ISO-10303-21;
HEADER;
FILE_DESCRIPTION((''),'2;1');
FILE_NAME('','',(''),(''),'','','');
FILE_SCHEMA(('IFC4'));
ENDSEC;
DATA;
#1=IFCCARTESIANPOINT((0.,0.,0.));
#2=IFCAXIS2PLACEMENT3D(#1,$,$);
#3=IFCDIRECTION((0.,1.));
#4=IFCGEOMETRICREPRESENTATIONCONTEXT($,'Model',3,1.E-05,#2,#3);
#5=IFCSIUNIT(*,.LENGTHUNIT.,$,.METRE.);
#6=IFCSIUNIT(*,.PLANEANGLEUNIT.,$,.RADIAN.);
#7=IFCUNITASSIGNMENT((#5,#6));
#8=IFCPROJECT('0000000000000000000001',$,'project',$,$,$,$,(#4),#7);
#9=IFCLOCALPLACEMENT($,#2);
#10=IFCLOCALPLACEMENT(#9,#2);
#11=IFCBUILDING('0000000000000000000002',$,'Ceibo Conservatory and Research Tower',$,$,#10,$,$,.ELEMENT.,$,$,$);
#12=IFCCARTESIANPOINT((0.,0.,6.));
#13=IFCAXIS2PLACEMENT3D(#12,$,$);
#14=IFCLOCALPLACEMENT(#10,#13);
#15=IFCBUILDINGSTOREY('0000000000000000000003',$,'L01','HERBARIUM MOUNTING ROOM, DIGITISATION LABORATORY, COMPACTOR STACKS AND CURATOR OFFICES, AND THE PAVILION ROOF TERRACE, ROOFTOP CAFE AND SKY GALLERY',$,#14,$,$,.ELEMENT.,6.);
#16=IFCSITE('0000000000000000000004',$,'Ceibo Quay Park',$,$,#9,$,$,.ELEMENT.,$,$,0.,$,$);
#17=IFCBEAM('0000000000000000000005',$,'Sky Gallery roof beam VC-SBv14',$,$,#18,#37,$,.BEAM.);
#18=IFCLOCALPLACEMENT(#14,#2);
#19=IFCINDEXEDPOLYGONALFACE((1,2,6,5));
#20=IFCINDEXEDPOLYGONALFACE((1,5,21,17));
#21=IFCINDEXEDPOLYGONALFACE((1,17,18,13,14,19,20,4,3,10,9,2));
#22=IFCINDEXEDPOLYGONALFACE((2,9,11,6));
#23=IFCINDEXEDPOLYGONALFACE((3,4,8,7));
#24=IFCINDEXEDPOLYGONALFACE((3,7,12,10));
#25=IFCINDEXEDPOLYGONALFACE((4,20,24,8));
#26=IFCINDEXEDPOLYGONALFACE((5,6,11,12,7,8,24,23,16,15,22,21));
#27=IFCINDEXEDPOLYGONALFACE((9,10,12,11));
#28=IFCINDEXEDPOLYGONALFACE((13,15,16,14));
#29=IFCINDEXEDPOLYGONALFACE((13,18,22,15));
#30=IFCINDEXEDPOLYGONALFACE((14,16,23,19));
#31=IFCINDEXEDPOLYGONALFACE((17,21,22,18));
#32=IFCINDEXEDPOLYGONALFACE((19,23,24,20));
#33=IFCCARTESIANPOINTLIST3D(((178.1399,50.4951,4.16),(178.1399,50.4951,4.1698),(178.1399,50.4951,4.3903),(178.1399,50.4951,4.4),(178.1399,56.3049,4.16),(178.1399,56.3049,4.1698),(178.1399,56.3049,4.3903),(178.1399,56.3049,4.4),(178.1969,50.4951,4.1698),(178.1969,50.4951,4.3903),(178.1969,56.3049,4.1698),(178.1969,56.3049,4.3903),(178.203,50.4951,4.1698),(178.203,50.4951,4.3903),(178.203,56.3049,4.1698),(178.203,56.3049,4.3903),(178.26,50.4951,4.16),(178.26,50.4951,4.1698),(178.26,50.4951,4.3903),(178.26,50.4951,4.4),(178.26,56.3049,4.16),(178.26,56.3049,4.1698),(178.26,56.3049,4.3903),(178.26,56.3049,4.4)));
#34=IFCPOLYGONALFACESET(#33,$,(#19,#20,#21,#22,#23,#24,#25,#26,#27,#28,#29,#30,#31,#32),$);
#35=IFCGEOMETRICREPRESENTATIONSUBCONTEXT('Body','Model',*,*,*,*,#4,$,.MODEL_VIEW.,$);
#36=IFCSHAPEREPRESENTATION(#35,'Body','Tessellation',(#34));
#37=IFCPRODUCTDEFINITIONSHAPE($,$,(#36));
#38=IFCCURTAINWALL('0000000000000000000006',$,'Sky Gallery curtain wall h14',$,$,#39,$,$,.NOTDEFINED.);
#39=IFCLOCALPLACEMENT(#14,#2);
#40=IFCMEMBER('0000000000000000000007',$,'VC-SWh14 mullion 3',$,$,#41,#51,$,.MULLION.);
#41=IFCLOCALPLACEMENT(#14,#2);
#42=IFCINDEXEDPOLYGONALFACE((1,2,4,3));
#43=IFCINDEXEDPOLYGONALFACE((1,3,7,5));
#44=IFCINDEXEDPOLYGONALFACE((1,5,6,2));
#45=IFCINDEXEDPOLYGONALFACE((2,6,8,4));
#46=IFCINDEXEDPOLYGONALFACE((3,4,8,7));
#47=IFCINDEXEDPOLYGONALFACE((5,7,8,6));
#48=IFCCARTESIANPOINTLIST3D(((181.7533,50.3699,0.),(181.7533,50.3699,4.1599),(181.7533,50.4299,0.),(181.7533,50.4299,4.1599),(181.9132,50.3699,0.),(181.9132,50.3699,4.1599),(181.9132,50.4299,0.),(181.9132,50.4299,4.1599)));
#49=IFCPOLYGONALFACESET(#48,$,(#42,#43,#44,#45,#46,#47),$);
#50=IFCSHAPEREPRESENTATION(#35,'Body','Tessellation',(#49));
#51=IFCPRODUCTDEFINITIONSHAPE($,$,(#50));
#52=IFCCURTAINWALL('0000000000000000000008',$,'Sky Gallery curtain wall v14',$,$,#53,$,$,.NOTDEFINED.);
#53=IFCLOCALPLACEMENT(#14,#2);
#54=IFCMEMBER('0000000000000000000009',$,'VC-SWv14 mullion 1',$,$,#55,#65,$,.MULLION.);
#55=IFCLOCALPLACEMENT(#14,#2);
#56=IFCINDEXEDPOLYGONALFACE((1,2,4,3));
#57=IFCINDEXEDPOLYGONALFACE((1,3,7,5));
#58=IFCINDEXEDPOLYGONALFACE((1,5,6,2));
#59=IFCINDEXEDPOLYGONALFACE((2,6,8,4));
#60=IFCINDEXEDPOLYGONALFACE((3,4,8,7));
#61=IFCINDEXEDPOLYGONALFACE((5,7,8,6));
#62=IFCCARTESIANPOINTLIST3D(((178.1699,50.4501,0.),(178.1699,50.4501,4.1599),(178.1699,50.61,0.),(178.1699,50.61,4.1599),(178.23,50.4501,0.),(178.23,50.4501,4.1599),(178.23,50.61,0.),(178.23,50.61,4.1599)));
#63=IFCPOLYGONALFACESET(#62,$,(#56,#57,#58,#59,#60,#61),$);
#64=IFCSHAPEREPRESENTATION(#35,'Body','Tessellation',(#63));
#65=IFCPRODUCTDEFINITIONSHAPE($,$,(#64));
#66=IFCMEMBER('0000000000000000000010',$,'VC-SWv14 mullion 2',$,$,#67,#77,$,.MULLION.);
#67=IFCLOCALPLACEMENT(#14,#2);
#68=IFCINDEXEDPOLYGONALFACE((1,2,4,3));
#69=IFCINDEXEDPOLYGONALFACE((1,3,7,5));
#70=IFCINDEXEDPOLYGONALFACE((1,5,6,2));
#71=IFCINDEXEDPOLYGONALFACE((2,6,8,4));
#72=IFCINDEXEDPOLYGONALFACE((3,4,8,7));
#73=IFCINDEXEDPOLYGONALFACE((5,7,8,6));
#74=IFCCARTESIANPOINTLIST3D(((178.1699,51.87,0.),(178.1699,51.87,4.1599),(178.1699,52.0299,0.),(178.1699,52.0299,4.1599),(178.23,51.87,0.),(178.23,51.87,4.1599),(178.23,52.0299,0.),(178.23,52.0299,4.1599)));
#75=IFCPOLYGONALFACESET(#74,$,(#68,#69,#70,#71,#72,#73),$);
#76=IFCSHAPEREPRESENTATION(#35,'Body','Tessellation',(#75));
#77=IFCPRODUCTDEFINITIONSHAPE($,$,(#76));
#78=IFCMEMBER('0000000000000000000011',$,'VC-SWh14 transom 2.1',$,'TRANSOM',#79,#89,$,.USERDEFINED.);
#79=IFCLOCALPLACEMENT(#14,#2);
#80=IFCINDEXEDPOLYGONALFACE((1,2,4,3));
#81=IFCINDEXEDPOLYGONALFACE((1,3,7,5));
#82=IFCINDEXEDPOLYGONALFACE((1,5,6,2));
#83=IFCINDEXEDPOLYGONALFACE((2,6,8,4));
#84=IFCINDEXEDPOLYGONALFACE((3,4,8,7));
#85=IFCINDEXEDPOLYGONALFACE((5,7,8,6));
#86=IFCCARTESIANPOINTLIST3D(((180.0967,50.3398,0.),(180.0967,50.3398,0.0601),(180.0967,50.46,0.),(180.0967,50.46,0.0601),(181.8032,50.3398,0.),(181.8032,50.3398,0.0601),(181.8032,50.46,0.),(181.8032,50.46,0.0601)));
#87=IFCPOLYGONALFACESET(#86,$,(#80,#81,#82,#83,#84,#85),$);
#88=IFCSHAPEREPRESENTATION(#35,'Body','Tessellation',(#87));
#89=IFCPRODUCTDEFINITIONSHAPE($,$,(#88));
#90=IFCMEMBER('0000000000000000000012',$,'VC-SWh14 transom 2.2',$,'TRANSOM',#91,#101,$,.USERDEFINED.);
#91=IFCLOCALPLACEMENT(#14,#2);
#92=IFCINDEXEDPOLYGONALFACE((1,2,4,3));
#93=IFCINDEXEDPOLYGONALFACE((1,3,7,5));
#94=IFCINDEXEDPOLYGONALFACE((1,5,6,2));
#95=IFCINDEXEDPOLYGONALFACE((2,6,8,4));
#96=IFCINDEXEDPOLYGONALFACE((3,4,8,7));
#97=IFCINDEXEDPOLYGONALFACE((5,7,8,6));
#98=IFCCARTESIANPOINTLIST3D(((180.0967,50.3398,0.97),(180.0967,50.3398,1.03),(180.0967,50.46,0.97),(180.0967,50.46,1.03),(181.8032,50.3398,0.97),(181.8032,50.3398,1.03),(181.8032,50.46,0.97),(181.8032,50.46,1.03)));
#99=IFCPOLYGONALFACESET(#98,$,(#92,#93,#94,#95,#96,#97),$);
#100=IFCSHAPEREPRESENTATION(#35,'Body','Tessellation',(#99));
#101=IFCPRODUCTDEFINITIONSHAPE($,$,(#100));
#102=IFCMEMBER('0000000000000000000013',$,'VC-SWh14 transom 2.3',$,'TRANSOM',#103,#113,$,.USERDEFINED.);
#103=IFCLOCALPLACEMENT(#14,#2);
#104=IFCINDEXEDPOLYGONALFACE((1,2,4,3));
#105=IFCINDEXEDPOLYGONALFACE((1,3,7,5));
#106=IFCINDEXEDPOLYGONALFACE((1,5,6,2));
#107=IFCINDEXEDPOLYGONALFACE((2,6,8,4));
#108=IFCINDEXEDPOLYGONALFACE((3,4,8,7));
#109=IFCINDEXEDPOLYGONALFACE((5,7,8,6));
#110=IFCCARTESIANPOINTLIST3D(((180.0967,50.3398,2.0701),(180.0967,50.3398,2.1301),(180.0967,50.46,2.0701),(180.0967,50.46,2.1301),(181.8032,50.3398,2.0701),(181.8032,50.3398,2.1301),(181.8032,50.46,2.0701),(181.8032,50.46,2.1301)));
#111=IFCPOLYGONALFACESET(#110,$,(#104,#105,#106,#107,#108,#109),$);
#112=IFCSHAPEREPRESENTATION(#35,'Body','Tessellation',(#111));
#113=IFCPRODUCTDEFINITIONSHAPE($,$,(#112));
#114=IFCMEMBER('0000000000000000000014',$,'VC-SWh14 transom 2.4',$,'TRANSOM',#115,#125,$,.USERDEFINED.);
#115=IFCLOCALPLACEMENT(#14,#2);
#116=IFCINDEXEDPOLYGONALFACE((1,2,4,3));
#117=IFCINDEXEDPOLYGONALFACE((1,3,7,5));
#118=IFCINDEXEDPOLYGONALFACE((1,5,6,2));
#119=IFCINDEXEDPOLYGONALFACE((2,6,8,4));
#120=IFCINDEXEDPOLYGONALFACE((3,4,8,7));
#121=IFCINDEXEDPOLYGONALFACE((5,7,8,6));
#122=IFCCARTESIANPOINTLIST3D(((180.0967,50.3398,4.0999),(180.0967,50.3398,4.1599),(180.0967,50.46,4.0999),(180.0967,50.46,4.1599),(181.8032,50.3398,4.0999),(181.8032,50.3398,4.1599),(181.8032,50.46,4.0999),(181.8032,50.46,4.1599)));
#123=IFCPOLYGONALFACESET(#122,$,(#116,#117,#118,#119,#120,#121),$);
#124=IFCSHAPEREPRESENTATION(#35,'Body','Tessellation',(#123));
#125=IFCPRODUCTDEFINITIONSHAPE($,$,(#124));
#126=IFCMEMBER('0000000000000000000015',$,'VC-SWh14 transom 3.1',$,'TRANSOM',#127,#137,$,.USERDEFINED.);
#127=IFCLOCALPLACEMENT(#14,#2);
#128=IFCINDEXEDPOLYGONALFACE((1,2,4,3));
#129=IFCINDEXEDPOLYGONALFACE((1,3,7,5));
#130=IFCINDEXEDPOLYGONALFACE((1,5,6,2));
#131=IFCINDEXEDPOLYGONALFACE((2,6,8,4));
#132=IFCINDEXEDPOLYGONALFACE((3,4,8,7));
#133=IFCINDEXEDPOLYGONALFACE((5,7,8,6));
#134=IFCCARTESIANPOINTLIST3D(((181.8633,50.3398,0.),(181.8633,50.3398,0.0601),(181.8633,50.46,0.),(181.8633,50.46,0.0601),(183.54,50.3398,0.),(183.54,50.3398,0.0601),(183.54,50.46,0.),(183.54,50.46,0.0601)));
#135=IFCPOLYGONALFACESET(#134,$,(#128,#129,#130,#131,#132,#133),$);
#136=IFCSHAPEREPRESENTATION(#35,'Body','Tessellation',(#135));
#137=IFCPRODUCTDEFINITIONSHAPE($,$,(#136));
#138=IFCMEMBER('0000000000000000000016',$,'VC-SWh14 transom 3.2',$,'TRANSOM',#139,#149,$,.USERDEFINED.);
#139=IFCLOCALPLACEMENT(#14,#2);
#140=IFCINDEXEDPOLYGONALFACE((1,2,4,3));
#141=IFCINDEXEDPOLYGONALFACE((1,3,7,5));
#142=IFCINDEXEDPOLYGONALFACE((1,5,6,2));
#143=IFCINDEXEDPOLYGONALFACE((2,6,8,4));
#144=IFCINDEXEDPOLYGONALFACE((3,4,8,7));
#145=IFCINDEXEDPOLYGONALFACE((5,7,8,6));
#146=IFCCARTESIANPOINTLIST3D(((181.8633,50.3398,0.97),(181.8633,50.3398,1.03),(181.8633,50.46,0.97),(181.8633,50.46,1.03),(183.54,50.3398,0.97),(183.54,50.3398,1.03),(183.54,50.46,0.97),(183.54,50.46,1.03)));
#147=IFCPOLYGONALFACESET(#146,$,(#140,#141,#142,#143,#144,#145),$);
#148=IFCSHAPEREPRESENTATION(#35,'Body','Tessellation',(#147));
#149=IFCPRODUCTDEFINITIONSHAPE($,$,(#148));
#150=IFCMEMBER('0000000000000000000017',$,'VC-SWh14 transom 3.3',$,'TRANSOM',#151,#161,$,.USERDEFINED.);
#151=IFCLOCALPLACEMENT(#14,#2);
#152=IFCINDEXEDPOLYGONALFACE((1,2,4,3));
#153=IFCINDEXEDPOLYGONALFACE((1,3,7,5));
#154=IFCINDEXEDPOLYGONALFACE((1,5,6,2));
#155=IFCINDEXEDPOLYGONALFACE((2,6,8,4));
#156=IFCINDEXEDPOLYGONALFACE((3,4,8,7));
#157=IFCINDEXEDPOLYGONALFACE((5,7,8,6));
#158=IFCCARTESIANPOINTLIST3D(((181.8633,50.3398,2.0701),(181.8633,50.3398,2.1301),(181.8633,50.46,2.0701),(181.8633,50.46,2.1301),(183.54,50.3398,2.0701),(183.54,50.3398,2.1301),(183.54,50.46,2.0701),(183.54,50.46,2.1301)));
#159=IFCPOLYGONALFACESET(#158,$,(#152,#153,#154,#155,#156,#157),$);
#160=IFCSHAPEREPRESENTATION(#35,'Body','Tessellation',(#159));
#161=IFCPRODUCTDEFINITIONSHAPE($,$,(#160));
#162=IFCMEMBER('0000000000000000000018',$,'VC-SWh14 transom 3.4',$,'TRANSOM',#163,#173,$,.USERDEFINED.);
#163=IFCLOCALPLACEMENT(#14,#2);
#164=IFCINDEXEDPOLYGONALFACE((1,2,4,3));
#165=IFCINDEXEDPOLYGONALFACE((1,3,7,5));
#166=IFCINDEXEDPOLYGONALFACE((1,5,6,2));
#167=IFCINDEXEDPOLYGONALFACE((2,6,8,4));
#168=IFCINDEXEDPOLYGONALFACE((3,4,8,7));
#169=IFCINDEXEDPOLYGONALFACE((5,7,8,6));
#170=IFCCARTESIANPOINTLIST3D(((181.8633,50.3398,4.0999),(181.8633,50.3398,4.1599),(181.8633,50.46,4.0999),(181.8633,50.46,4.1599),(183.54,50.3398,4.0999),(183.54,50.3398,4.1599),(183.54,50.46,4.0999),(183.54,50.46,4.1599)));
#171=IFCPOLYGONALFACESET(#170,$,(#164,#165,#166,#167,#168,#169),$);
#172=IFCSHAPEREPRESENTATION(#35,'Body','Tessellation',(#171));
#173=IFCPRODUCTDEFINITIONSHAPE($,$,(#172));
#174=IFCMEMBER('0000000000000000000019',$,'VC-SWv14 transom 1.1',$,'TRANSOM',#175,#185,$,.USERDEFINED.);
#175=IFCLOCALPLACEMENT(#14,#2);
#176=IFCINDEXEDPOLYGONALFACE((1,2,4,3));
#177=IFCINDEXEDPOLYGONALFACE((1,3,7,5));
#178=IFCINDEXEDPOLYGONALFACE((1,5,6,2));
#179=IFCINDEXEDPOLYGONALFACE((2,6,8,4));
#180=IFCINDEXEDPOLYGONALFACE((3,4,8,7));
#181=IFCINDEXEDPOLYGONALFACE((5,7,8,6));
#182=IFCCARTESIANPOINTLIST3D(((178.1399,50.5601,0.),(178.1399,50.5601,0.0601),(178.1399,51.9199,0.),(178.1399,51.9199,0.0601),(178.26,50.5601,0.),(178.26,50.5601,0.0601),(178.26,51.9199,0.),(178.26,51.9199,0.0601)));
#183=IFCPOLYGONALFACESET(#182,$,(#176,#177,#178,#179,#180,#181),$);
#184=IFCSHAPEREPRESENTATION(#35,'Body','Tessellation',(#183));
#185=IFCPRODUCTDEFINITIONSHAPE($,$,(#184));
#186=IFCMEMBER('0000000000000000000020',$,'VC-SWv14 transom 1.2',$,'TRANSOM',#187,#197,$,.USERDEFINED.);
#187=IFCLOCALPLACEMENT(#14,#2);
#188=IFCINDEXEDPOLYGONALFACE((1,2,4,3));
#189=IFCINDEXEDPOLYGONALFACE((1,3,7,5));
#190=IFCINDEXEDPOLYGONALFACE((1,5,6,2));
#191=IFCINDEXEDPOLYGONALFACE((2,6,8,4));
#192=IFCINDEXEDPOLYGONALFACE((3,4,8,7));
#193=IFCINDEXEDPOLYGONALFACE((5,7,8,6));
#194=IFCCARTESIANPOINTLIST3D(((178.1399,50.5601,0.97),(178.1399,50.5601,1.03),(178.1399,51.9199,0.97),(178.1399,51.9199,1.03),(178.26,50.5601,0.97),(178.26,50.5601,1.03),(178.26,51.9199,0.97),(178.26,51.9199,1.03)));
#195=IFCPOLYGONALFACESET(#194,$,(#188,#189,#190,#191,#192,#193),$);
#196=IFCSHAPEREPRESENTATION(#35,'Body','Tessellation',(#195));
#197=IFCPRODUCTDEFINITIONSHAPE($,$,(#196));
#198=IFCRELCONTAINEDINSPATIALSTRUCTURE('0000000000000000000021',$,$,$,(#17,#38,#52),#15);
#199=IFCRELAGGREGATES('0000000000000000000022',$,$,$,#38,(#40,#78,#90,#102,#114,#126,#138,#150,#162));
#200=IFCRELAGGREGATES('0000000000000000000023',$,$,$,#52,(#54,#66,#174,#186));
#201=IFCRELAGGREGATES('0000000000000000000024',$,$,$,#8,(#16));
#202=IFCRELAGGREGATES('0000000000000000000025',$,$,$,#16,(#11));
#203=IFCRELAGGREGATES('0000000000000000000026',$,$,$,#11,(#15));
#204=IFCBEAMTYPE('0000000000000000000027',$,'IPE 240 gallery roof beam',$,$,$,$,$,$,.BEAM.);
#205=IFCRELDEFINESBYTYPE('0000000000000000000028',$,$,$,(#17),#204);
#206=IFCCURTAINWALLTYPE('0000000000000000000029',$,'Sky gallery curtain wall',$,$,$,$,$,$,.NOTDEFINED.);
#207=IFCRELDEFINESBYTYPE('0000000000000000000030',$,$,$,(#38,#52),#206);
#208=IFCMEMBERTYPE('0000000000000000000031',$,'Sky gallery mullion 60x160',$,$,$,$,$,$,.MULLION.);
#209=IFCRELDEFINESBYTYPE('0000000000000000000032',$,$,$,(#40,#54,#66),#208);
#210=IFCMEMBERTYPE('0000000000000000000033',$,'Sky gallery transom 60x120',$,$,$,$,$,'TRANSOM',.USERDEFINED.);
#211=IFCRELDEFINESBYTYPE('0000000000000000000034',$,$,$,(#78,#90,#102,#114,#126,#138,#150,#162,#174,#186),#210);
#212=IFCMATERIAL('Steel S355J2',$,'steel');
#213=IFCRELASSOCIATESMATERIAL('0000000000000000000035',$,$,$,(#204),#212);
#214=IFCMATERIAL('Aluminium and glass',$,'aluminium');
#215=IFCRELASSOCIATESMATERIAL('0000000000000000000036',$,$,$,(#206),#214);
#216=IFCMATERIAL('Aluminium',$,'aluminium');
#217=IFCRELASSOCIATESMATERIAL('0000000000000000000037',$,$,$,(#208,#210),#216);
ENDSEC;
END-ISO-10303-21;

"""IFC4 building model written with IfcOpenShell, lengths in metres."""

from ifc_helpers import new_model, si_unit, direction, frame, origin, origin_2d, place, context, subcontext, project, spatial, rectangle, i_section, extrude, material, material_profile, profile_set, type_object, element, aggregate, save


model = new_model("IFC4")

# Units and contexts
model_context = context("Model", 3, precision=1e-05, world=origin(), true_north=direction((0.0, 1.0)))
body_context = subcontext(model_context, "Body", "Model", "MODEL_VIEW")
ifc_project = project(units=[si_unit("LENGTHUNIT", "METRE"), si_unit("PLANEANGLEUNIT", "RADIAN")], contexts=[model_context])

# Site, building, storey
site_placement = place(None, origin())
site = spatial("IfcSite", under=ifc_project, at=site_placement, Name="Ceibo Quay Park", CompositionType="ELEMENT", RefElevation=0.0)
building_placement = place(site_placement, origin())
building = spatial("IfcBuilding", under=site, at=building_placement, Name="Ceibo Conservatory and Research Tower", CompositionType="ELEMENT")
storey_placement = place(building_placement, frame((0.0, 0.0, 6.0)))
storey = spatial("IfcBuildingStorey", under=building, at=storey_placement, Name="L01", Description="HERBARIUM MOUNTING ROOM, DIGITISATION LABORATORY, COMPACTOR STACKS AND CURATOR OFFICES, AND THE PAVILION ROOF TERRACE, ROOFTOP CAFE AND SKY GALLERY", CompositionType="ELEMENT", Elevation=6.0)

# Beam
ifc_material_1 = material(Name="Steel S355J2", Category="steel")
ifc_material_profile_1 = material_profile(ifc_material_1, i_section(OverallWidth=0.1201, OverallDepth=0.24, WebThickness=0.0061, FlangeThickness=0.0098, at=origin_2d()), Name="IPE 240")
ifc_profile_set_1 = profile_set([ifc_material_profile_1], Name="Steel S355J2")
beam_type = type_object("IfcBeamType", Name="IPE 240 gallery roof beam", PredefinedType="BEAM", material=ifc_profile_set_1)
beam_placement = place(storey_placement, frame((178.2, 50.4951, 4.28), z_axis=(0.0, 1.0, 0.0), x_axis=(-1.0, 0.0, 0.0)))
element("IfcBeam", 1, at=beam_placement, inside=storey, type_object=beam_type, Name="Sky Gallery roof beam VC-SBv14", PredefinedType="BEAM", context=body_context, shape_type="SweptSolid", body=[
    extrude(i_section(OverallWidth=0.1201, OverallDepth=0.24, WebThickness=0.0061, FlangeThickness=0.0098, at=origin_2d()), origin(), (0.0, 0.0, 1.0), 5.8098),
])

# Curtain wall, member
ifc_material_2 = material(Name="Aluminium and glass", Category="aluminium")
curtain_wall_type = type_object("IfcCurtainWallType", Name="Sky gallery curtain wall", PredefinedType="NOTDEFINED", material=ifc_material_2)
curtain_wall_1_placement = place(storey_placement, origin())
curtain_wall_1 = element("IfcCurtainWall", 2, at=curtain_wall_1_placement, inside=storey, type_object=curtain_wall_type, Name="Sky Gallery curtain wall h14", PredefinedType="NOTDEFINED")
ifc_material_3 = material(Name="Aluminium", Category="aluminium")
ifc_material_profile_2 = material_profile(ifc_material_3, rectangle(XDim=0.0601, YDim=0.1599, at=origin_2d()), Name="AL 60x160")
ifc_profile_set_2 = profile_set([ifc_material_profile_2], Name="Aluminium")
member_type_1 = type_object("IfcMemberType", Name="Sky gallery mullion 60x160", PredefinedType="MULLION", material=ifc_profile_set_2)
member_1_placement = place(storey_placement, frame((181.8333, 50.3999, 0.0), z_axis=(0.0, 0.0, 1.0), x_axis=(0.0, 1.0, 0.0)))
member_1 = element("IfcMember", 3, at=member_1_placement, type_object=member_type_1, Name="VC-SWh14 mullion 3", PredefinedType="MULLION", context=body_context, shape_type="SweptSolid", body=[
    extrude(rectangle(XDim=0.0601, YDim=0.1599, at=origin_2d()), origin(), (0.0, 0.0, 1.0), 4.1599),
])

# Curtain wall, members
curtain_wall_2_placement = place(storey_placement, origin())
curtain_wall_2 = element("IfcCurtainWall", 4, at=curtain_wall_2_placement, inside=storey, type_object=curtain_wall_type, Name="Sky Gallery curtain wall v14", PredefinedType="NOTDEFINED")
member_2_placement = place(storey_placement, frame((178.2, 50.53, 0.0), z_axis=(0.0, 0.0, 1.0), x_axis=(-1.0, 0.0, 0.0)))
member_2 = element("IfcMember", 5, at=member_2_placement, type_object=member_type_1, Name="VC-SWv14 mullion 1", PredefinedType="MULLION", context=body_context, shape_type="SweptSolid", body=[
    extrude(rectangle(XDim=0.0601, YDim=0.1599, at=origin_2d()), origin(), (0.0, 0.0, 1.0), 4.1599),
])
member_3_placement = place(storey_placement, frame((178.2, 51.95, 0.0), z_axis=(0.0, 0.0, 1.0), x_axis=(-1.0, 0.0, 0.0)))
member_3 = element("IfcMember", 6, at=member_3_placement, type_object=member_type_1, Name="VC-SWv14 mullion 2", PredefinedType="MULLION", context=body_context, shape_type="SweptSolid", body=[
    extrude(rectangle(XDim=0.0601, YDim=0.1599, at=origin_2d()), origin(), (0.0, 0.0, 1.0), 4.1599),
])

# Members
ifc_material_profile_3 = material_profile(ifc_material_3, rectangle(XDim=0.1201, YDim=0.0601, at=origin_2d()), Name="AL 60x120")
ifc_profile_set_3 = profile_set([ifc_material_profile_3], Name="Aluminium")
member_type_2 = type_object("IfcMemberType", Name="Sky gallery transom 60x120", ElementType="TRANSOM", PredefinedType="USERDEFINED", material=ifc_profile_set_3)
member_4_placement = place(storey_placement, frame((180.0967, 50.3999, 0.03), z_axis=(1.0, 0.0, 0.0), x_axis=(0.0, 1.0, 0.0)))
member_4 = element("IfcMember", 7, at=member_4_placement, type_object=member_type_2, Name="VC-SWh14 transom 2.1", ObjectType="TRANSOM", PredefinedType="USERDEFINED", context=body_context, shape_type="SweptSolid", body=[
    extrude(rectangle(XDim=0.1201, YDim=0.0601, at=origin_2d()), origin(), (0.0, 0.0, 1.0), 1.7065),
])
member_5_placement = place(storey_placement, frame((180.0967, 50.3999, 1.0), z_axis=(1.0, 0.0, 0.0), x_axis=(0.0, 1.0, 0.0)))
member_5 = element("IfcMember", 8, at=member_5_placement, type_object=member_type_2, Name="VC-SWh14 transom 2.2", ObjectType="TRANSOM", PredefinedType="USERDEFINED", context=body_context, shape_type="SweptSolid", body=[
    extrude(rectangle(XDim=0.1201, YDim=0.0601, at=origin_2d()), origin(), (0.0, 0.0, 1.0), 1.7065),
])
member_6_placement = place(storey_placement, frame((180.0967, 50.3999, 2.1001), z_axis=(1.0, 0.0, 0.0), x_axis=(0.0, 1.0, 0.0)))
member_6 = element("IfcMember", 9, at=member_6_placement, type_object=member_type_2, Name="VC-SWh14 transom 2.3", ObjectType="TRANSOM", PredefinedType="USERDEFINED", context=body_context, shape_type="SweptSolid", body=[
    extrude(rectangle(XDim=0.1201, YDim=0.0601, at=origin_2d()), origin(), (0.0, 0.0, 1.0), 1.7065),
])
member_7_placement = place(storey_placement, frame((180.0967, 50.3999, 4.1299), z_axis=(1.0, 0.0, 0.0), x_axis=(0.0, 1.0, 0.0)))
member_7 = element("IfcMember", 10, at=member_7_placement, type_object=member_type_2, Name="VC-SWh14 transom 2.4", ObjectType="TRANSOM", PredefinedType="USERDEFINED", context=body_context, shape_type="SweptSolid", body=[
    extrude(rectangle(XDim=0.1201, YDim=0.0601, at=origin_2d()), origin(), (0.0, 0.0, 1.0), 1.7065),
])
member_8_placement = place(storey_placement, frame((181.8633, 50.3999, 0.03), z_axis=(1.0, 0.0, 0.0), x_axis=(0.0, 1.0, 0.0)))
member_8 = element("IfcMember", 11, at=member_8_placement, type_object=member_type_2, Name="VC-SWh14 transom 3.1", ObjectType="TRANSOM", PredefinedType="USERDEFINED", context=body_context, shape_type="SweptSolid", body=[
    extrude(rectangle(XDim=0.1201, YDim=0.0601, at=origin_2d()), origin(), (0.0, 0.0, 1.0), 1.6768),
])
member_9_placement = place(storey_placement, frame((181.8633, 50.3999, 1.0), z_axis=(1.0, 0.0, 0.0), x_axis=(0.0, 1.0, 0.0)))
member_9 = element("IfcMember", 12, at=member_9_placement, type_object=member_type_2, Name="VC-SWh14 transom 3.2", ObjectType="TRANSOM", PredefinedType="USERDEFINED", context=body_context, shape_type="SweptSolid", body=[
    extrude(rectangle(XDim=0.1201, YDim=0.0601, at=origin_2d()), origin(), (0.0, 0.0, 1.0), 1.6768),
])
member_10_placement = place(storey_placement, frame((181.8633, 50.3999, 2.1001), z_axis=(1.0, 0.0, 0.0), x_axis=(0.0, 1.0, 0.0)))
member_10 = element("IfcMember", 13, at=member_10_placement, type_object=member_type_2, Name="VC-SWh14 transom 3.3", ObjectType="TRANSOM", PredefinedType="USERDEFINED", context=body_context, shape_type="SweptSolid", body=[
    extrude(rectangle(XDim=0.1201, YDim=0.0601, at=origin_2d()), origin(), (0.0, 0.0, 1.0), 1.6768),
])
member_11_placement = place(storey_placement, frame((181.8633, 50.3999, 4.1299), z_axis=(1.0, 0.0, 0.0), x_axis=(0.0, 1.0, 0.0)))
member_11 = element("IfcMember", 14, at=member_11_placement, type_object=member_type_2, Name="VC-SWh14 transom 3.4", ObjectType="TRANSOM", PredefinedType="USERDEFINED", context=body_context, shape_type="SweptSolid", body=[
    extrude(rectangle(XDim=0.1201, YDim=0.0601, at=origin_2d()), origin(), (0.0, 0.0, 1.0), 1.6768),
])
member_12_placement = place(storey_placement, frame((178.2, 50.5601, 0.03), z_axis=(0.0, 1.0, 0.0), x_axis=(-1.0, 0.0, 0.0)))
member_12 = element("IfcMember", 15, at=member_12_placement, type_object=member_type_2, Name="VC-SWv14 transom 1.1", ObjectType="TRANSOM", PredefinedType="USERDEFINED", context=body_context, shape_type="SweptSolid", body=[
    extrude(rectangle(XDim=0.1201, YDim=0.0601, at=origin_2d()), origin(), (0.0, 0.0, 1.0), 1.3599),
])
member_13_placement = place(storey_placement, frame((178.2, 50.5601, 1.0), z_axis=(0.0, 1.0, 0.0), x_axis=(-1.0, 0.0, 0.0)))
member_13 = element("IfcMember", 16, at=member_13_placement, type_object=member_type_2, Name="VC-SWv14 transom 1.2", ObjectType="TRANSOM", PredefinedType="USERDEFINED", context=body_context, shape_type="SweptSolid", body=[
    extrude(rectangle(XDim=0.1201, YDim=0.0601, at=origin_2d()), origin(), (0.0, 0.0, 1.0), 1.3599),
])

aggregate(curtain_wall_1, [member_1, member_4, member_5, member_6, member_7, member_8, member_9, member_10, member_11])
aggregate(curtain_wall_2, [member_2, member_3, member_12, member_13])

save(model, "model.ifc")
